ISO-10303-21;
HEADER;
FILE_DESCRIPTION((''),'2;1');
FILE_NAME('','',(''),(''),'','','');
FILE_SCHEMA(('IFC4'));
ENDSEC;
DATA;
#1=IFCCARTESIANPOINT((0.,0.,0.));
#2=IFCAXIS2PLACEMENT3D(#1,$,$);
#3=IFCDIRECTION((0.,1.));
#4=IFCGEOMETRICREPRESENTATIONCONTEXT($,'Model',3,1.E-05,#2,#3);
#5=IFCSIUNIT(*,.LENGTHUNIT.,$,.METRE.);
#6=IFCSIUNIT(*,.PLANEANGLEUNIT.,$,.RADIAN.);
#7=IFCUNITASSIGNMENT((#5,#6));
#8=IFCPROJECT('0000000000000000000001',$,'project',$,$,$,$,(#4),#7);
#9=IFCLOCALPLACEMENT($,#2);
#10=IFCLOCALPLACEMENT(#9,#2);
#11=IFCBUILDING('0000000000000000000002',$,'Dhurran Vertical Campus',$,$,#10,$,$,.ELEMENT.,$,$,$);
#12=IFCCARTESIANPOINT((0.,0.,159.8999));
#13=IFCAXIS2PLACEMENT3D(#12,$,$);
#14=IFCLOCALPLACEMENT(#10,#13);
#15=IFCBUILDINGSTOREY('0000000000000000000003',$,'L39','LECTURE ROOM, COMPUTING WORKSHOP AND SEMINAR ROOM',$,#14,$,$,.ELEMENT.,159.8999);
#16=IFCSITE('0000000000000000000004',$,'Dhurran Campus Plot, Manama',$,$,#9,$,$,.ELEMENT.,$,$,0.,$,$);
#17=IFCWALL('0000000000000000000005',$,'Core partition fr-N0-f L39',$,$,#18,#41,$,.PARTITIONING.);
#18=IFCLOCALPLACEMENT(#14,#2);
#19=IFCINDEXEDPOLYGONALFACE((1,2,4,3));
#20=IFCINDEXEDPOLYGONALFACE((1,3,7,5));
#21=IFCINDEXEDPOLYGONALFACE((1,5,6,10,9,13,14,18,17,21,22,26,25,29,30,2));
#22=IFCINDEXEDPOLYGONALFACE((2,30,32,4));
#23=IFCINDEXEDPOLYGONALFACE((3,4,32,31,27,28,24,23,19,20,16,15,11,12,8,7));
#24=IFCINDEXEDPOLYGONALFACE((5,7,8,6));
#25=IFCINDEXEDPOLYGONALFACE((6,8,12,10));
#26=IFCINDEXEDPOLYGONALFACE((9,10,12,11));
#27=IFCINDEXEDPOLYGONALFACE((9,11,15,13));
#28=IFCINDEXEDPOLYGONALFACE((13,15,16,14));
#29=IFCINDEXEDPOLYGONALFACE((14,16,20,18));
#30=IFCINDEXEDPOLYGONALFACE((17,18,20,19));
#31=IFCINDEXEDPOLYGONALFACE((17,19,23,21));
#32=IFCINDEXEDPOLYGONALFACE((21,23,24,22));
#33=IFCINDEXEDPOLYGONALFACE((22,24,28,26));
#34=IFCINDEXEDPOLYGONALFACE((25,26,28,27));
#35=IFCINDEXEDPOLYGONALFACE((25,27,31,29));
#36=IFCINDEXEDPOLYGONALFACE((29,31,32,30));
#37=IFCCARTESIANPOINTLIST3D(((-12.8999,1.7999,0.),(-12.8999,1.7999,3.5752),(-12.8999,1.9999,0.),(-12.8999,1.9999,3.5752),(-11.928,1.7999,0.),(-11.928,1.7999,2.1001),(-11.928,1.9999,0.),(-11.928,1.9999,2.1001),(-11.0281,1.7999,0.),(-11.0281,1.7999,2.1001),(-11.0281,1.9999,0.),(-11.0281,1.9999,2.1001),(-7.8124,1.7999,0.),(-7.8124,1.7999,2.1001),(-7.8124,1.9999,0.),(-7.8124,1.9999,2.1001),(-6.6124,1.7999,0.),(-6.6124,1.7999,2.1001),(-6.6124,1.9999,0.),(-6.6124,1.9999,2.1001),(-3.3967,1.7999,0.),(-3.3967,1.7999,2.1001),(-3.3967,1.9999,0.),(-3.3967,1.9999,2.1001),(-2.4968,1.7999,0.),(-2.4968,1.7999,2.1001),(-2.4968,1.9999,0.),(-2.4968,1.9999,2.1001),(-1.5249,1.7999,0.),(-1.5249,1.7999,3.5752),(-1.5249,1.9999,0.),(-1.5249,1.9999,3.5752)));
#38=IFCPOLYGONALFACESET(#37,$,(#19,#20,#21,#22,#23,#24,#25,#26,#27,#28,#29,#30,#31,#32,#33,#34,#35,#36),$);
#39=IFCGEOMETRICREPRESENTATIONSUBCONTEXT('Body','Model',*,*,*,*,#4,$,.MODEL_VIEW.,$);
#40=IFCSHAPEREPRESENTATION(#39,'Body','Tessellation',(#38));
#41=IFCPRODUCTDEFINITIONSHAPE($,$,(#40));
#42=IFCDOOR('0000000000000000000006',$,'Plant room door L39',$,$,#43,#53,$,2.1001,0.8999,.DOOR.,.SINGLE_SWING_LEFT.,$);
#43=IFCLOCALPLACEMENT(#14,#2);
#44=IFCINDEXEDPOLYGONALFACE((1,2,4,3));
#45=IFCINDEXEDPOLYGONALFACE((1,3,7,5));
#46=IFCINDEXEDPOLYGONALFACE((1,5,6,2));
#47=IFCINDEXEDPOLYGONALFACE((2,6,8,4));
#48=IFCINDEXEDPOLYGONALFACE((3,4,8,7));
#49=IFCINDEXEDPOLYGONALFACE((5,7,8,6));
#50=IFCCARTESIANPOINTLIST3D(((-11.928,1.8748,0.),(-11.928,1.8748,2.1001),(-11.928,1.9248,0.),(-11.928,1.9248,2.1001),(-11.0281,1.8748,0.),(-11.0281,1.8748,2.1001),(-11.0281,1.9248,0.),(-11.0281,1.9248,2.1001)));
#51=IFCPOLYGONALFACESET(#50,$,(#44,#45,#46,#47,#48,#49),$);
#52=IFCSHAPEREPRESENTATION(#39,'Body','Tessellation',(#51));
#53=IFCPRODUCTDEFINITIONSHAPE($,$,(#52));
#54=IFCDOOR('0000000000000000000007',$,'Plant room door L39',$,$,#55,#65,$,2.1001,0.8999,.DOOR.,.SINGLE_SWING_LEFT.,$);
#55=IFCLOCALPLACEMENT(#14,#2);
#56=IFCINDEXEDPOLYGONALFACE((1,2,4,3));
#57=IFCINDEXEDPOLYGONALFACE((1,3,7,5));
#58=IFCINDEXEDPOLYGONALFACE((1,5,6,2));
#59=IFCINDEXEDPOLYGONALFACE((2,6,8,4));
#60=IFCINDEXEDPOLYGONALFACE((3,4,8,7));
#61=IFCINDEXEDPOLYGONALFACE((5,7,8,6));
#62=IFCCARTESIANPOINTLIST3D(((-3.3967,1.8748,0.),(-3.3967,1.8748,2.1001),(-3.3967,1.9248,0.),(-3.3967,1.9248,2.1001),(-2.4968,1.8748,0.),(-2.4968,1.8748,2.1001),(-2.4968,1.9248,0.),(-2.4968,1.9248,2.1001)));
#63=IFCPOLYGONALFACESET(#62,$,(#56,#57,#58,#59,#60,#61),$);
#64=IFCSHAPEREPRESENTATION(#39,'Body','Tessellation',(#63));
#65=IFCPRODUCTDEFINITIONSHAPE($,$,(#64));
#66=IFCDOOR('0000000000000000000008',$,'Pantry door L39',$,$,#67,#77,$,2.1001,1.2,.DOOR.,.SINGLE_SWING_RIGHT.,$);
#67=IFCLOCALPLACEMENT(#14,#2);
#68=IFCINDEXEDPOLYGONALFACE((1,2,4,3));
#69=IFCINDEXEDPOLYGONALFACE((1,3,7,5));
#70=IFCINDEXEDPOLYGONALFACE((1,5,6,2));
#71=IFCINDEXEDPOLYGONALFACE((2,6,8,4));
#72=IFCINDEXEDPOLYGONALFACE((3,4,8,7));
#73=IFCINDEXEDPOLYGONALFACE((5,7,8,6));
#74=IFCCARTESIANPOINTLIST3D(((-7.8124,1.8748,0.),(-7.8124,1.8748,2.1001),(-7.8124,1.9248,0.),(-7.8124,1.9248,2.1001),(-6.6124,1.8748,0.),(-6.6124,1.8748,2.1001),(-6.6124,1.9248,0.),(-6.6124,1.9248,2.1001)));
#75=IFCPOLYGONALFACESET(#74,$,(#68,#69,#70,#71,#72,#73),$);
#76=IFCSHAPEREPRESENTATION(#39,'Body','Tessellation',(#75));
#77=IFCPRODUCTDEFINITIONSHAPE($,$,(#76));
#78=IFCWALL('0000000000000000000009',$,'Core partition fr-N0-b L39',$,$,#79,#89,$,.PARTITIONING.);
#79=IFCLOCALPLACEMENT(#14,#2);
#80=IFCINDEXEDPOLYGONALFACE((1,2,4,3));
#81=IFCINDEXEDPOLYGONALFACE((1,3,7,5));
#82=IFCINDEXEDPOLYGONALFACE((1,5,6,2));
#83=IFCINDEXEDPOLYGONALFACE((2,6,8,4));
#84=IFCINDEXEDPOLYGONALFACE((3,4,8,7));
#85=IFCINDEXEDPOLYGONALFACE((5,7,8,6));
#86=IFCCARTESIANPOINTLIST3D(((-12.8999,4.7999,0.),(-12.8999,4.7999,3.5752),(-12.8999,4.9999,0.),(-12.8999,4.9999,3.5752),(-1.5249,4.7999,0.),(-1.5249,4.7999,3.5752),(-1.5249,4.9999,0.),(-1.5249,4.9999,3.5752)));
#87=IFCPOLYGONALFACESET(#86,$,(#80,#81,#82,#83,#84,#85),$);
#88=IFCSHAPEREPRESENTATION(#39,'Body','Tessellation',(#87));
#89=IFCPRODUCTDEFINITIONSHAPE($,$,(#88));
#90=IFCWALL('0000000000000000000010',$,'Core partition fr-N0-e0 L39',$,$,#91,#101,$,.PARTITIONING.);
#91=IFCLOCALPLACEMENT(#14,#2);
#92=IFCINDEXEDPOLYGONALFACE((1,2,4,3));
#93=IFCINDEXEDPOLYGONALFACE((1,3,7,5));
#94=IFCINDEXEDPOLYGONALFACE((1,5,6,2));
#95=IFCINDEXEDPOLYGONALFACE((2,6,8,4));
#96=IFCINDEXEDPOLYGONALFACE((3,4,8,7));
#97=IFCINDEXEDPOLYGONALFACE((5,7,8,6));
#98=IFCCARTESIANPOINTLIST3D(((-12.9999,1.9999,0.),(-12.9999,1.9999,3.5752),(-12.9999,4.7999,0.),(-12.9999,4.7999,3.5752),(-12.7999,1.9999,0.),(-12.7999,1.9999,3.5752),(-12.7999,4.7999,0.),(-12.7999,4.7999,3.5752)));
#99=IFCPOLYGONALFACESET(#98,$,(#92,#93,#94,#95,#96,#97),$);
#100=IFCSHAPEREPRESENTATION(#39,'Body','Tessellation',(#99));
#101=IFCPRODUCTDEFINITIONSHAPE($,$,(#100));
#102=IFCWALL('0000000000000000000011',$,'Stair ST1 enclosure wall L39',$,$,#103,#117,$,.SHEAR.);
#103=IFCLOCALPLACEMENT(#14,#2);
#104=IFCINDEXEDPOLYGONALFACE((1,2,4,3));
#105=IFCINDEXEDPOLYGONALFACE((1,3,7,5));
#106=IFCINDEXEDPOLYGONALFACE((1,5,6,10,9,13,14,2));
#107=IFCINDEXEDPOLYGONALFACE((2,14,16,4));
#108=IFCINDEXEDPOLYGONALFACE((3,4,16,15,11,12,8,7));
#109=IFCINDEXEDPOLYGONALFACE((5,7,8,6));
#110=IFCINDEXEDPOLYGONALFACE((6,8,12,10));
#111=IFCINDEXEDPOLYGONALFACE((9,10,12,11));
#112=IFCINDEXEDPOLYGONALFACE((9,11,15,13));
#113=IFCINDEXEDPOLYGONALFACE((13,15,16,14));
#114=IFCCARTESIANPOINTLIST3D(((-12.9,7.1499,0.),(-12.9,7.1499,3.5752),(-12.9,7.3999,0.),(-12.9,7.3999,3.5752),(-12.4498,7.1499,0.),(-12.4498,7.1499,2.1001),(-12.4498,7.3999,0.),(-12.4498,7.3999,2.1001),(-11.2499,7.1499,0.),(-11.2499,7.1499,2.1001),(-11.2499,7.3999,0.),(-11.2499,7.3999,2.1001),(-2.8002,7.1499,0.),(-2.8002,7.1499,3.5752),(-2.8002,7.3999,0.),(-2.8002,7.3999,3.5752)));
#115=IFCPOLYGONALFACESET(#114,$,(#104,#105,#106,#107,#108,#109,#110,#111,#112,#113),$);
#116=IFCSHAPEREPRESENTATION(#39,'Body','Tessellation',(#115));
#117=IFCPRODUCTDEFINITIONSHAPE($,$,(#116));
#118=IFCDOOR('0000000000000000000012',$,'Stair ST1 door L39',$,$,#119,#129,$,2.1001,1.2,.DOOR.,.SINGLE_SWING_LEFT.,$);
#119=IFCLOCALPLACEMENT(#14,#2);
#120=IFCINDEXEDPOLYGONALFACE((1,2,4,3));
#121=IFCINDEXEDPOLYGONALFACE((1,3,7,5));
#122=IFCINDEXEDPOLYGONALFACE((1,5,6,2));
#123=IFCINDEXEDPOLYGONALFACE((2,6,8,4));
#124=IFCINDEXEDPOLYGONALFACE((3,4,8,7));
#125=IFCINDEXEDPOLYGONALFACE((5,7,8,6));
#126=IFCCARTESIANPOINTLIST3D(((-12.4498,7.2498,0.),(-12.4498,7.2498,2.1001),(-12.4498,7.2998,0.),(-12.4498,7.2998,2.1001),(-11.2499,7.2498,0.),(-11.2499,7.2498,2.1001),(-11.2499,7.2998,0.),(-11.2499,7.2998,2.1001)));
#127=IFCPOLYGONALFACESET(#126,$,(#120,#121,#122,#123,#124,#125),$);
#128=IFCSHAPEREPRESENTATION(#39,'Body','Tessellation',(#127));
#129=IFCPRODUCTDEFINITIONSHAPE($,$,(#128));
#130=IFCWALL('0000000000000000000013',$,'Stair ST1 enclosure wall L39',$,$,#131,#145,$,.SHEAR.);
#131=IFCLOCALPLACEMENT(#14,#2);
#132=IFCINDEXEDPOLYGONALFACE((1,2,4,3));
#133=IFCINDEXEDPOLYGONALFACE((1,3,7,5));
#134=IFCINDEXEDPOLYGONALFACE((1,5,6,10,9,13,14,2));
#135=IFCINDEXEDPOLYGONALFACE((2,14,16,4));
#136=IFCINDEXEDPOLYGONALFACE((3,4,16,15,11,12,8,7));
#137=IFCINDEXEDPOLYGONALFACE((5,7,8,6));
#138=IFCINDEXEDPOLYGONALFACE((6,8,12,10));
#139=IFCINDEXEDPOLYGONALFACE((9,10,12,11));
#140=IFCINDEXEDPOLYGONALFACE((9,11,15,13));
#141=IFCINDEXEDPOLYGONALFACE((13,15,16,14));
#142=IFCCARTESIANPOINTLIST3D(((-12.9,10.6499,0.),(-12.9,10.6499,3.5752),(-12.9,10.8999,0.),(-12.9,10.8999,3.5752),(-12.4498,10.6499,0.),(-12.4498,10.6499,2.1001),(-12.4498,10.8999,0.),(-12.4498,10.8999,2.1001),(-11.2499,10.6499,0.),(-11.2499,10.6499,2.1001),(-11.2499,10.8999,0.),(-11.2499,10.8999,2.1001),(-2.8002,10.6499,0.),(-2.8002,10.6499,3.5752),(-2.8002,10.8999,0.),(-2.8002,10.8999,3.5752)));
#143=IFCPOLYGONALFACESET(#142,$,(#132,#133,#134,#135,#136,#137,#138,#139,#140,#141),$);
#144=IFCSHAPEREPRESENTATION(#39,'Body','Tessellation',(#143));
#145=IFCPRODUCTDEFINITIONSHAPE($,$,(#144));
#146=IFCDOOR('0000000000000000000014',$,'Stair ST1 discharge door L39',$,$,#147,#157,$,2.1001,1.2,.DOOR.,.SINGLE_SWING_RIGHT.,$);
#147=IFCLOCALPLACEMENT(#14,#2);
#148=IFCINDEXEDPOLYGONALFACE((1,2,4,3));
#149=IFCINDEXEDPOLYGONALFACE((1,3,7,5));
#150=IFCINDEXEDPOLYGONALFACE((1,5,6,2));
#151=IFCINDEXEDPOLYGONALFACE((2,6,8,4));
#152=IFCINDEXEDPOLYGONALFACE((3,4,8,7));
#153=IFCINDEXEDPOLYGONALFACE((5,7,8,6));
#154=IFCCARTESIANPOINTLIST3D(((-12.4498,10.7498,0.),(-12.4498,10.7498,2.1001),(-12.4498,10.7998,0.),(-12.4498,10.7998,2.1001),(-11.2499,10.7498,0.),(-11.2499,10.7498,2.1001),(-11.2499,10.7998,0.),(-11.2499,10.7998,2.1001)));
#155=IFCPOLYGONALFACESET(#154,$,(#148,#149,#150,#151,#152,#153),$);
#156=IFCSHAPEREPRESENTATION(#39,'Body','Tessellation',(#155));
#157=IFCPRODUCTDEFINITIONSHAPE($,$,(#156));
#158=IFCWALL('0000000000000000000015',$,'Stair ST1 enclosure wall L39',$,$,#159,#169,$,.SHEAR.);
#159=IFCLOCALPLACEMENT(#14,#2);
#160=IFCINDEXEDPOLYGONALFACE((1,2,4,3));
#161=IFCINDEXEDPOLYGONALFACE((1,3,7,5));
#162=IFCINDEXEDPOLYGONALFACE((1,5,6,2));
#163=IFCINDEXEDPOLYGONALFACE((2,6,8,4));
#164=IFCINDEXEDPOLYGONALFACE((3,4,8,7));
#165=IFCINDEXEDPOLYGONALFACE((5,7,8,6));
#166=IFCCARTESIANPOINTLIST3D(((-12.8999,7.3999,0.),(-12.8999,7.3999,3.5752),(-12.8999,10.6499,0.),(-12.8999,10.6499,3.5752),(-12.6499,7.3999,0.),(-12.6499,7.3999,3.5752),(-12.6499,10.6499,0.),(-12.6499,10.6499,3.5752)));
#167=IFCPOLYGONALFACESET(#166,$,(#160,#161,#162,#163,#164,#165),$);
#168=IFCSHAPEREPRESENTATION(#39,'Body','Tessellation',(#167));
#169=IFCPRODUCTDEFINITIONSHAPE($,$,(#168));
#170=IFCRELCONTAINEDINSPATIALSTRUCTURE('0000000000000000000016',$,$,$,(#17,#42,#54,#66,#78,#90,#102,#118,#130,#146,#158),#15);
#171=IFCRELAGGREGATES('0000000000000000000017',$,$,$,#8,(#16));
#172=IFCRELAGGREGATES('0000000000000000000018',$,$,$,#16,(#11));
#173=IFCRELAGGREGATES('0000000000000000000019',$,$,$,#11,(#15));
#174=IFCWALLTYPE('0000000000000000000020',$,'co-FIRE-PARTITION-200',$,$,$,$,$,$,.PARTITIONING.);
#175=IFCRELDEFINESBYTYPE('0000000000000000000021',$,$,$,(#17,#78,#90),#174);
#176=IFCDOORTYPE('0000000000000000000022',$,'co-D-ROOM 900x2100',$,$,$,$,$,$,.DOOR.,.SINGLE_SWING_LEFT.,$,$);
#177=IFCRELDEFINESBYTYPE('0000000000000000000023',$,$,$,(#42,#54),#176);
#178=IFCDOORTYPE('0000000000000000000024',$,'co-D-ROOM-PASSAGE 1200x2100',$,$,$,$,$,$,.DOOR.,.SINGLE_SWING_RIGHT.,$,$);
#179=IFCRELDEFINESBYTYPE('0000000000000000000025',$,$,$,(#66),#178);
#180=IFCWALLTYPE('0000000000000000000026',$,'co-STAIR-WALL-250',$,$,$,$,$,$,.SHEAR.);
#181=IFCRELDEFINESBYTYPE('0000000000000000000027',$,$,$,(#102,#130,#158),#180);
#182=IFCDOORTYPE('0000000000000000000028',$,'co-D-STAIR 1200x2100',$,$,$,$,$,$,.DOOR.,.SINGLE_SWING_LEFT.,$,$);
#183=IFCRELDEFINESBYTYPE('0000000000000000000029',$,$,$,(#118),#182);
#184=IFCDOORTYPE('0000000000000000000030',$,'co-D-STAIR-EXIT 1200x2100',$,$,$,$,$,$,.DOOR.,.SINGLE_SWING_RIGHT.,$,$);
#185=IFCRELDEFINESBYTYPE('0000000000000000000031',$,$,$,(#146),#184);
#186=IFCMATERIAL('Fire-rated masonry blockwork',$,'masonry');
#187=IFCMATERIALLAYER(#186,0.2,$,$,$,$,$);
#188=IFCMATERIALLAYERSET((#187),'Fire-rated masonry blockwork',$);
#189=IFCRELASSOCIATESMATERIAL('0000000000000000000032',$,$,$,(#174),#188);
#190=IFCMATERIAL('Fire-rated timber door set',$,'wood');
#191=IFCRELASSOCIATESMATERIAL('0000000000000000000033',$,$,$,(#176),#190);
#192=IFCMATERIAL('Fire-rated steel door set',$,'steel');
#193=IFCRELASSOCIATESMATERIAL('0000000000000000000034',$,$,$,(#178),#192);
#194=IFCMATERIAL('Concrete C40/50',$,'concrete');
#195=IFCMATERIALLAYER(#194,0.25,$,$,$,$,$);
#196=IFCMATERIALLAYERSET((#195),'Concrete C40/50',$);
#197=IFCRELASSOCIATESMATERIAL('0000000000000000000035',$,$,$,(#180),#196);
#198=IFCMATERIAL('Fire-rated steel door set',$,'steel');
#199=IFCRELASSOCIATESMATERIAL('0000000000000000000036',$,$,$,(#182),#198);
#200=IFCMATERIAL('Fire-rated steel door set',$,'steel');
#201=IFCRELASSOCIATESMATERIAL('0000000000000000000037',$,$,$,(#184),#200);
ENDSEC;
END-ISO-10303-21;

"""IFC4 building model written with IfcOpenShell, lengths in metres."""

from ifc_helpers import new_model, si_unit, direction, frame, frame_2d, origin, place, context, subcontext, project, spatial, rectangle, extrude, material, layer, layer_set, type_object, element, fill, save


model = new_model("IFC4")

# Units and contexts
model_context = context("Model", 3, precision=1e-05, world=origin(), true_north=direction((0.0, 1.0)))
body_context = subcontext(model_context, "Body", "Model", "MODEL_VIEW")
ifc_project = project(units=[si_unit("LENGTHUNIT", "METRE"), si_unit("PLANEANGLEUNIT", "RADIAN")], contexts=[model_context])

# Site, building, storey
site_placement = place(None, origin())
site = spatial("IfcSite", under=ifc_project, at=site_placement, Name="Dhurran Campus Plot, Manama", CompositionType="ELEMENT", RefElevation=0.0)
building_placement = place(site_placement, origin())
building = spatial("IfcBuilding", under=site, at=building_placement, Name="Dhurran Vertical Campus", CompositionType="ELEMENT")
storey_placement = place(building_placement, frame((0.0, 0.0, 159.8999)))
storey = spatial("IfcBuildingStorey", under=building, at=storey_placement, Name="L39", Description="LECTURE ROOM, COMPUTING WORKSHOP AND SEMINAR ROOM", CompositionType="ELEMENT", Elevation=159.8999)

# Shared definitions
ifc_material_1 = material(Name="Fire-rated masonry blockwork", Category="masonry")
ifc_layer_1 = layer(ifc_material_1, 0.2)
ifc_layer_set_1 = layer_set([ifc_layer_1], Name="Fire-rated masonry blockwork")
wall_type_1 = type_object("IfcWallType", Name="co-FIRE-PARTITION-200", PredefinedType="PARTITIONING", material=ifc_layer_set_1)
ifc_material_2 = material(Name="Fire-rated timber door set", Category="wood")
door_type_1 = type_object("IfcDoorType", Name="co-D-ROOM 900x2100", OperationType="SINGLE_SWING_LEFT", PredefinedType="DOOR", material=ifc_material_2)

# Wall, openings, doors
wall_1_placement = place(storey_placement, frame((-12.8999, 1.8999, 0.0), z_axis=(0.0, 0.0, 1.0), x_axis=(1.0, 0.0, 0.0)))
wall_1 = element("IfcWall", 1, at=wall_1_placement, inside=storey, type_object=wall_type_1, Name="Core partition fr-N0-f L39", PredefinedType="PARTITIONING", context=body_context, shape_type="SweptSolid", body=[
    extrude(rectangle(XDim=11.375, YDim=0.2, at=frame_2d((5.6875, 0.0))), origin(), (0.0, 0.0, 1.0), 3.5752),
])
opening_1_placement = place(wall_1_placement, frame((0.9719, 0.0, 0.0)))
opening_1 = element("IfcOpeningElement", 2, at=opening_1_placement, cuts=wall_1, PredefinedType="OPENING", context=body_context, shape_type="SweptSolid", body=[
    extrude(rectangle(XDim=0.8999, YDim=2.1001, at=frame_2d((0.45, 1.05))), frame((0.0, 0.1099, 0.0), z_axis=(0.0, -1.0, 0.0), x_axis=(1.0, 0.0, 0.0)), (0.0, 0.0, 1.0), 0.22),
])
opening_2_placement = place(wall_1_placement, frame((5.0874, 0.0, 0.0)))
opening_2 = element("IfcOpeningElement", 3, at=opening_2_placement, cuts=wall_1, PredefinedType="OPENING", context=body_context, shape_type="SweptSolid", body=[
    extrude(rectangle(XDim=1.2, YDim=2.1001, at=frame_2d((0.6001, 1.05))), frame((0.0, 0.1099, 0.0), z_axis=(0.0, -1.0, 0.0), x_axis=(1.0, 0.0, 0.0)), (0.0, 0.0, 1.0), 0.22),
])
opening_3_placement = place(wall_1_placement, frame((9.5032, 0.0, 0.0)))
opening_3 = element("IfcOpeningElement", 4, at=opening_3_placement, cuts=wall_1, PredefinedType="OPENING", context=body_context, shape_type="SweptSolid", body=[
    extrude(rectangle(XDim=0.8999, YDim=2.1001, at=frame_2d((0.45, 1.05))), frame((0.0, 0.1099, 0.0), z_axis=(0.0, -1.0, 0.0), x_axis=(1.0, 0.0, 0.0)), (0.0, 0.0, 1.0), 0.22),
])
door_1_placement = place(opening_1_placement, origin())
door_1 = element("IfcDoor", 5, at=door_1_placement, inside=storey, type_object=door_type_1, Name="Plant room door L39", OperationType="SINGLE_SWING_LEFT", OverallHeight=2.1001, OverallWidth=0.8999, PredefinedType="DOOR", context=body_context, shape_type="SweptSolid", body=[
    extrude(rectangle(XDim=0.8999, YDim=2.1001, at=frame_2d((0.45, 1.05))), frame((0.0, 0.0249, 0.0), z_axis=(0.0, -1.0, 0.0), x_axis=(1.0, 0.0, 0.0)), (0.0, 0.0, 1.0), 0.05),
])
fill(opening_1, door_1)
door_2_placement = place(opening_3_placement, origin())
door_2 = element("IfcDoor", 6, at=door_2_placement, inside=storey, type_object=door_type_1, Name="Plant room door L39", OperationType="SINGLE_SWING_LEFT", OverallHeight=2.1001, OverallWidth=0.8999, PredefinedType="DOOR", context=body_context, shape_type="SweptSolid", body=[
    extrude(rectangle(XDim=0.8999, YDim=2.1001, at=frame_2d((0.45, 1.05))), frame((0.0, 0.0249, 0.0), z_axis=(0.0, -1.0, 0.0), x_axis=(1.0, 0.0, 0.0)), (0.0, 0.0, 1.0), 0.05),
])
fill(opening_3, door_2)
ifc_material_3 = material(Name="Fire-rated steel door set", Category="steel")
door_type_2 = type_object("IfcDoorType", Name="co-D-ROOM-PASSAGE 1200x2100", OperationType="SINGLE_SWING_RIGHT", PredefinedType="DOOR", material=ifc_material_3)
door_3_placement = place(opening_2_placement, origin())
door_3 = element("IfcDoor", 7, at=door_3_placement, inside=storey, type_object=door_type_2, Name="Pantry door L39", OperationType="SINGLE_SWING_RIGHT", OverallHeight=2.1001, OverallWidth=1.2, PredefinedType="DOOR", context=body_context, shape_type="SweptSolid", body=[
    extrude(rectangle(XDim=1.2, YDim=2.1001, at=frame_2d((0.6001, 1.05))), frame((0.0, 0.0249, 0.0), z_axis=(0.0, -1.0, 0.0), x_axis=(1.0, 0.0, 0.0)), (0.0, 0.0, 1.0), 0.05),
])
fill(opening_2, door_3)

# Walls
wall_2_placement = place(storey_placement, frame((-12.8999, 4.8999, 0.0), z_axis=(0.0, 0.0, 1.0), x_axis=(1.0, 0.0, 0.0)))
element("IfcWall", 8, at=wall_2_placement, inside=storey, type_object=wall_type_1, Name="Core partition fr-N0-b L39", PredefinedType="PARTITIONING", context=body_context, shape_type="SweptSolid", body=[
    extrude(rectangle(XDim=11.375, YDim=0.2, at=frame_2d((5.6875, 0.0))), origin(), (0.0, 0.0, 1.0), 3.5752),
])
wall_3_placement = place(storey_placement, frame((-12.8999, 2.0, 0.0), z_axis=(0.0, 0.0, 1.0), x_axis=(0.0, 1.0, 0.0)))
element("IfcWall", 9, at=wall_3_placement, inside=storey, type_object=wall_type_1, Name="Core partition fr-N0-e0 L39", PredefinedType="PARTITIONING", context=body_context, shape_type="SweptSolid", body=[
    extrude(rectangle(XDim=2.8, YDim=0.2, at=frame_2d((1.3999, 0.0))), origin(), (0.0, 0.0, 1.0), 3.5752),
])

# Walls, openings, doors
ifc_material_4 = material(Name="Concrete C40/50", Category="concrete")
ifc_layer_2 = layer(ifc_material_4, 0.25)
ifc_layer_set_2 = layer_set([ifc_layer_2], Name="Concrete C40/50")
wall_type_2 = type_object("IfcWallType", Name="co-STAIR-WALL-250", PredefinedType="SHEAR", material=ifc_layer_set_2)
wall_4_placement = place(storey_placement, frame((-12.8999, 7.2749, 0.0), z_axis=(0.0, 0.0, 1.0), x_axis=(1.0, 0.0, 0.0)))
wall_4 = element("IfcWall", 10, at=wall_4_placement, inside=storey, type_object=wall_type_2, Name="Stair ST1 enclosure wall L39", PredefinedType="SHEAR", context=body_context, shape_type="SweptSolid", body=[
    extrude(rectangle(XDim=10.0999, YDim=0.25, at=frame_2d((5.0498, 0.0))), origin(), (0.0, 0.0, 1.0), 3.5752),
])
opening_4_placement = place(wall_4_placement, frame((0.45, 0.0, 0.0)))
opening_4 = element("IfcOpeningElement", 11, at=opening_4_placement, cuts=wall_4, PredefinedType="OPENING", context=body_context, shape_type="SweptSolid", body=[
    extrude(rectangle(XDim=1.2, YDim=2.1001, at=frame_2d((0.6001, 1.05))), frame((0.0, 0.135, 0.0), z_axis=(0.0, -1.0, 0.0), x_axis=(1.0, 0.0, 0.0)), (0.0, 0.0, 1.0), 0.27),
])
ifc_material_5 = material(Name="Fire-rated steel door set", Category="steel")
door_type_3 = type_object("IfcDoorType", Name="co-D-STAIR 1200x2100", OperationType="SINGLE_SWING_LEFT", PredefinedType="DOOR", material=ifc_material_5)
door_4_placement = place(opening_4_placement, origin())
door_4 = element("IfcDoor", 12, at=door_4_placement, inside=storey, type_object=door_type_3, Name="Stair ST1 door L39", OperationType="SINGLE_SWING_LEFT", OverallHeight=2.1001, OverallWidth=1.2, PredefinedType="DOOR", context=body_context, shape_type="SweptSolid", body=[
    extrude(rectangle(XDim=1.2, YDim=2.1001, at=frame_2d((0.6001, 1.05))), frame((0.0, 0.0249, 0.0), z_axis=(0.0, -1.0, 0.0), x_axis=(1.0, 0.0, 0.0)), (0.0, 0.0, 1.0), 0.05),
])
fill(opening_4, door_4)
wall_5_placement = place(storey_placement, frame((-12.8999, 10.7749, 0.0), z_axis=(0.0, 0.0, 1.0), x_axis=(1.0, 0.0, 0.0)))
wall_5 = element("IfcWall", 13, at=wall_5_placement, inside=storey, type_object=wall_type_2, Name="Stair ST1 enclosure wall L39", PredefinedType="SHEAR", context=body_context, shape_type="SweptSolid", body=[
    extrude(rectangle(XDim=10.0999, YDim=0.25, at=frame_2d((5.0498, 0.0))), origin(), (0.0, 0.0, 1.0), 3.5752),
])
opening_5_placement = place(wall_5_placement, frame((0.45, 0.0, 0.0)))
opening_5 = element("IfcOpeningElement", 14, at=opening_5_placement, cuts=wall_5, PredefinedType="OPENING", context=body_context, shape_type="SweptSolid", body=[
    extrude(rectangle(XDim=1.2, YDim=2.1001, at=frame_2d((0.6001, 1.05))), frame((0.0, 0.135, 0.0), z_axis=(0.0, -1.0, 0.0), x_axis=(1.0, 0.0, 0.0)), (0.0, 0.0, 1.0), 0.27),
])
ifc_material_6 = material(Name="Fire-rated steel door set", Category="steel")
door_type_4 = type_object("IfcDoorType", Name="co-D-STAIR-EXIT 1200x2100", OperationType="SINGLE_SWING_RIGHT", PredefinedType="DOOR", material=ifc_material_6)
door_5_placement = place(opening_5_placement, origin())
door_5 = element("IfcDoor", 15, at=door_5_placement, inside=storey, type_object=door_type_4, Name="Stair ST1 discharge door L39", OperationType="SINGLE_SWING_RIGHT", OverallHeight=2.1001, OverallWidth=1.2, PredefinedType="DOOR", context=body_context, shape_type="SweptSolid", body=[
    extrude(rectangle(XDim=1.2, YDim=2.1001, at=frame_2d((0.6001, 1.05))), frame((0.0, 0.0249, 0.0), z_axis=(0.0, -1.0, 0.0), x_axis=(1.0, 0.0, 0.0)), (0.0, 0.0, 1.0), 0.05),
])
fill(opening_5, door_5)

# Wall
wall_6_placement = place(storey_placement, frame((-12.7749, 7.3999, 0.0), z_axis=(0.0, 0.0, 1.0), x_axis=(0.0, 1.0, 0.0)))
element("IfcWall", 16, at=wall_6_placement, inside=storey, type_object=wall_type_2, Name="Stair ST1 enclosure wall L39", PredefinedType="SHEAR", context=body_context, shape_type="SweptSolid", body=[
    extrude(rectangle(XDim=3.25, YDim=0.25, at=frame_2d((1.625, 0.0))), origin(), (0.0, 0.0, 1.0), 3.5752),
])

save(model, "model.ifc")
